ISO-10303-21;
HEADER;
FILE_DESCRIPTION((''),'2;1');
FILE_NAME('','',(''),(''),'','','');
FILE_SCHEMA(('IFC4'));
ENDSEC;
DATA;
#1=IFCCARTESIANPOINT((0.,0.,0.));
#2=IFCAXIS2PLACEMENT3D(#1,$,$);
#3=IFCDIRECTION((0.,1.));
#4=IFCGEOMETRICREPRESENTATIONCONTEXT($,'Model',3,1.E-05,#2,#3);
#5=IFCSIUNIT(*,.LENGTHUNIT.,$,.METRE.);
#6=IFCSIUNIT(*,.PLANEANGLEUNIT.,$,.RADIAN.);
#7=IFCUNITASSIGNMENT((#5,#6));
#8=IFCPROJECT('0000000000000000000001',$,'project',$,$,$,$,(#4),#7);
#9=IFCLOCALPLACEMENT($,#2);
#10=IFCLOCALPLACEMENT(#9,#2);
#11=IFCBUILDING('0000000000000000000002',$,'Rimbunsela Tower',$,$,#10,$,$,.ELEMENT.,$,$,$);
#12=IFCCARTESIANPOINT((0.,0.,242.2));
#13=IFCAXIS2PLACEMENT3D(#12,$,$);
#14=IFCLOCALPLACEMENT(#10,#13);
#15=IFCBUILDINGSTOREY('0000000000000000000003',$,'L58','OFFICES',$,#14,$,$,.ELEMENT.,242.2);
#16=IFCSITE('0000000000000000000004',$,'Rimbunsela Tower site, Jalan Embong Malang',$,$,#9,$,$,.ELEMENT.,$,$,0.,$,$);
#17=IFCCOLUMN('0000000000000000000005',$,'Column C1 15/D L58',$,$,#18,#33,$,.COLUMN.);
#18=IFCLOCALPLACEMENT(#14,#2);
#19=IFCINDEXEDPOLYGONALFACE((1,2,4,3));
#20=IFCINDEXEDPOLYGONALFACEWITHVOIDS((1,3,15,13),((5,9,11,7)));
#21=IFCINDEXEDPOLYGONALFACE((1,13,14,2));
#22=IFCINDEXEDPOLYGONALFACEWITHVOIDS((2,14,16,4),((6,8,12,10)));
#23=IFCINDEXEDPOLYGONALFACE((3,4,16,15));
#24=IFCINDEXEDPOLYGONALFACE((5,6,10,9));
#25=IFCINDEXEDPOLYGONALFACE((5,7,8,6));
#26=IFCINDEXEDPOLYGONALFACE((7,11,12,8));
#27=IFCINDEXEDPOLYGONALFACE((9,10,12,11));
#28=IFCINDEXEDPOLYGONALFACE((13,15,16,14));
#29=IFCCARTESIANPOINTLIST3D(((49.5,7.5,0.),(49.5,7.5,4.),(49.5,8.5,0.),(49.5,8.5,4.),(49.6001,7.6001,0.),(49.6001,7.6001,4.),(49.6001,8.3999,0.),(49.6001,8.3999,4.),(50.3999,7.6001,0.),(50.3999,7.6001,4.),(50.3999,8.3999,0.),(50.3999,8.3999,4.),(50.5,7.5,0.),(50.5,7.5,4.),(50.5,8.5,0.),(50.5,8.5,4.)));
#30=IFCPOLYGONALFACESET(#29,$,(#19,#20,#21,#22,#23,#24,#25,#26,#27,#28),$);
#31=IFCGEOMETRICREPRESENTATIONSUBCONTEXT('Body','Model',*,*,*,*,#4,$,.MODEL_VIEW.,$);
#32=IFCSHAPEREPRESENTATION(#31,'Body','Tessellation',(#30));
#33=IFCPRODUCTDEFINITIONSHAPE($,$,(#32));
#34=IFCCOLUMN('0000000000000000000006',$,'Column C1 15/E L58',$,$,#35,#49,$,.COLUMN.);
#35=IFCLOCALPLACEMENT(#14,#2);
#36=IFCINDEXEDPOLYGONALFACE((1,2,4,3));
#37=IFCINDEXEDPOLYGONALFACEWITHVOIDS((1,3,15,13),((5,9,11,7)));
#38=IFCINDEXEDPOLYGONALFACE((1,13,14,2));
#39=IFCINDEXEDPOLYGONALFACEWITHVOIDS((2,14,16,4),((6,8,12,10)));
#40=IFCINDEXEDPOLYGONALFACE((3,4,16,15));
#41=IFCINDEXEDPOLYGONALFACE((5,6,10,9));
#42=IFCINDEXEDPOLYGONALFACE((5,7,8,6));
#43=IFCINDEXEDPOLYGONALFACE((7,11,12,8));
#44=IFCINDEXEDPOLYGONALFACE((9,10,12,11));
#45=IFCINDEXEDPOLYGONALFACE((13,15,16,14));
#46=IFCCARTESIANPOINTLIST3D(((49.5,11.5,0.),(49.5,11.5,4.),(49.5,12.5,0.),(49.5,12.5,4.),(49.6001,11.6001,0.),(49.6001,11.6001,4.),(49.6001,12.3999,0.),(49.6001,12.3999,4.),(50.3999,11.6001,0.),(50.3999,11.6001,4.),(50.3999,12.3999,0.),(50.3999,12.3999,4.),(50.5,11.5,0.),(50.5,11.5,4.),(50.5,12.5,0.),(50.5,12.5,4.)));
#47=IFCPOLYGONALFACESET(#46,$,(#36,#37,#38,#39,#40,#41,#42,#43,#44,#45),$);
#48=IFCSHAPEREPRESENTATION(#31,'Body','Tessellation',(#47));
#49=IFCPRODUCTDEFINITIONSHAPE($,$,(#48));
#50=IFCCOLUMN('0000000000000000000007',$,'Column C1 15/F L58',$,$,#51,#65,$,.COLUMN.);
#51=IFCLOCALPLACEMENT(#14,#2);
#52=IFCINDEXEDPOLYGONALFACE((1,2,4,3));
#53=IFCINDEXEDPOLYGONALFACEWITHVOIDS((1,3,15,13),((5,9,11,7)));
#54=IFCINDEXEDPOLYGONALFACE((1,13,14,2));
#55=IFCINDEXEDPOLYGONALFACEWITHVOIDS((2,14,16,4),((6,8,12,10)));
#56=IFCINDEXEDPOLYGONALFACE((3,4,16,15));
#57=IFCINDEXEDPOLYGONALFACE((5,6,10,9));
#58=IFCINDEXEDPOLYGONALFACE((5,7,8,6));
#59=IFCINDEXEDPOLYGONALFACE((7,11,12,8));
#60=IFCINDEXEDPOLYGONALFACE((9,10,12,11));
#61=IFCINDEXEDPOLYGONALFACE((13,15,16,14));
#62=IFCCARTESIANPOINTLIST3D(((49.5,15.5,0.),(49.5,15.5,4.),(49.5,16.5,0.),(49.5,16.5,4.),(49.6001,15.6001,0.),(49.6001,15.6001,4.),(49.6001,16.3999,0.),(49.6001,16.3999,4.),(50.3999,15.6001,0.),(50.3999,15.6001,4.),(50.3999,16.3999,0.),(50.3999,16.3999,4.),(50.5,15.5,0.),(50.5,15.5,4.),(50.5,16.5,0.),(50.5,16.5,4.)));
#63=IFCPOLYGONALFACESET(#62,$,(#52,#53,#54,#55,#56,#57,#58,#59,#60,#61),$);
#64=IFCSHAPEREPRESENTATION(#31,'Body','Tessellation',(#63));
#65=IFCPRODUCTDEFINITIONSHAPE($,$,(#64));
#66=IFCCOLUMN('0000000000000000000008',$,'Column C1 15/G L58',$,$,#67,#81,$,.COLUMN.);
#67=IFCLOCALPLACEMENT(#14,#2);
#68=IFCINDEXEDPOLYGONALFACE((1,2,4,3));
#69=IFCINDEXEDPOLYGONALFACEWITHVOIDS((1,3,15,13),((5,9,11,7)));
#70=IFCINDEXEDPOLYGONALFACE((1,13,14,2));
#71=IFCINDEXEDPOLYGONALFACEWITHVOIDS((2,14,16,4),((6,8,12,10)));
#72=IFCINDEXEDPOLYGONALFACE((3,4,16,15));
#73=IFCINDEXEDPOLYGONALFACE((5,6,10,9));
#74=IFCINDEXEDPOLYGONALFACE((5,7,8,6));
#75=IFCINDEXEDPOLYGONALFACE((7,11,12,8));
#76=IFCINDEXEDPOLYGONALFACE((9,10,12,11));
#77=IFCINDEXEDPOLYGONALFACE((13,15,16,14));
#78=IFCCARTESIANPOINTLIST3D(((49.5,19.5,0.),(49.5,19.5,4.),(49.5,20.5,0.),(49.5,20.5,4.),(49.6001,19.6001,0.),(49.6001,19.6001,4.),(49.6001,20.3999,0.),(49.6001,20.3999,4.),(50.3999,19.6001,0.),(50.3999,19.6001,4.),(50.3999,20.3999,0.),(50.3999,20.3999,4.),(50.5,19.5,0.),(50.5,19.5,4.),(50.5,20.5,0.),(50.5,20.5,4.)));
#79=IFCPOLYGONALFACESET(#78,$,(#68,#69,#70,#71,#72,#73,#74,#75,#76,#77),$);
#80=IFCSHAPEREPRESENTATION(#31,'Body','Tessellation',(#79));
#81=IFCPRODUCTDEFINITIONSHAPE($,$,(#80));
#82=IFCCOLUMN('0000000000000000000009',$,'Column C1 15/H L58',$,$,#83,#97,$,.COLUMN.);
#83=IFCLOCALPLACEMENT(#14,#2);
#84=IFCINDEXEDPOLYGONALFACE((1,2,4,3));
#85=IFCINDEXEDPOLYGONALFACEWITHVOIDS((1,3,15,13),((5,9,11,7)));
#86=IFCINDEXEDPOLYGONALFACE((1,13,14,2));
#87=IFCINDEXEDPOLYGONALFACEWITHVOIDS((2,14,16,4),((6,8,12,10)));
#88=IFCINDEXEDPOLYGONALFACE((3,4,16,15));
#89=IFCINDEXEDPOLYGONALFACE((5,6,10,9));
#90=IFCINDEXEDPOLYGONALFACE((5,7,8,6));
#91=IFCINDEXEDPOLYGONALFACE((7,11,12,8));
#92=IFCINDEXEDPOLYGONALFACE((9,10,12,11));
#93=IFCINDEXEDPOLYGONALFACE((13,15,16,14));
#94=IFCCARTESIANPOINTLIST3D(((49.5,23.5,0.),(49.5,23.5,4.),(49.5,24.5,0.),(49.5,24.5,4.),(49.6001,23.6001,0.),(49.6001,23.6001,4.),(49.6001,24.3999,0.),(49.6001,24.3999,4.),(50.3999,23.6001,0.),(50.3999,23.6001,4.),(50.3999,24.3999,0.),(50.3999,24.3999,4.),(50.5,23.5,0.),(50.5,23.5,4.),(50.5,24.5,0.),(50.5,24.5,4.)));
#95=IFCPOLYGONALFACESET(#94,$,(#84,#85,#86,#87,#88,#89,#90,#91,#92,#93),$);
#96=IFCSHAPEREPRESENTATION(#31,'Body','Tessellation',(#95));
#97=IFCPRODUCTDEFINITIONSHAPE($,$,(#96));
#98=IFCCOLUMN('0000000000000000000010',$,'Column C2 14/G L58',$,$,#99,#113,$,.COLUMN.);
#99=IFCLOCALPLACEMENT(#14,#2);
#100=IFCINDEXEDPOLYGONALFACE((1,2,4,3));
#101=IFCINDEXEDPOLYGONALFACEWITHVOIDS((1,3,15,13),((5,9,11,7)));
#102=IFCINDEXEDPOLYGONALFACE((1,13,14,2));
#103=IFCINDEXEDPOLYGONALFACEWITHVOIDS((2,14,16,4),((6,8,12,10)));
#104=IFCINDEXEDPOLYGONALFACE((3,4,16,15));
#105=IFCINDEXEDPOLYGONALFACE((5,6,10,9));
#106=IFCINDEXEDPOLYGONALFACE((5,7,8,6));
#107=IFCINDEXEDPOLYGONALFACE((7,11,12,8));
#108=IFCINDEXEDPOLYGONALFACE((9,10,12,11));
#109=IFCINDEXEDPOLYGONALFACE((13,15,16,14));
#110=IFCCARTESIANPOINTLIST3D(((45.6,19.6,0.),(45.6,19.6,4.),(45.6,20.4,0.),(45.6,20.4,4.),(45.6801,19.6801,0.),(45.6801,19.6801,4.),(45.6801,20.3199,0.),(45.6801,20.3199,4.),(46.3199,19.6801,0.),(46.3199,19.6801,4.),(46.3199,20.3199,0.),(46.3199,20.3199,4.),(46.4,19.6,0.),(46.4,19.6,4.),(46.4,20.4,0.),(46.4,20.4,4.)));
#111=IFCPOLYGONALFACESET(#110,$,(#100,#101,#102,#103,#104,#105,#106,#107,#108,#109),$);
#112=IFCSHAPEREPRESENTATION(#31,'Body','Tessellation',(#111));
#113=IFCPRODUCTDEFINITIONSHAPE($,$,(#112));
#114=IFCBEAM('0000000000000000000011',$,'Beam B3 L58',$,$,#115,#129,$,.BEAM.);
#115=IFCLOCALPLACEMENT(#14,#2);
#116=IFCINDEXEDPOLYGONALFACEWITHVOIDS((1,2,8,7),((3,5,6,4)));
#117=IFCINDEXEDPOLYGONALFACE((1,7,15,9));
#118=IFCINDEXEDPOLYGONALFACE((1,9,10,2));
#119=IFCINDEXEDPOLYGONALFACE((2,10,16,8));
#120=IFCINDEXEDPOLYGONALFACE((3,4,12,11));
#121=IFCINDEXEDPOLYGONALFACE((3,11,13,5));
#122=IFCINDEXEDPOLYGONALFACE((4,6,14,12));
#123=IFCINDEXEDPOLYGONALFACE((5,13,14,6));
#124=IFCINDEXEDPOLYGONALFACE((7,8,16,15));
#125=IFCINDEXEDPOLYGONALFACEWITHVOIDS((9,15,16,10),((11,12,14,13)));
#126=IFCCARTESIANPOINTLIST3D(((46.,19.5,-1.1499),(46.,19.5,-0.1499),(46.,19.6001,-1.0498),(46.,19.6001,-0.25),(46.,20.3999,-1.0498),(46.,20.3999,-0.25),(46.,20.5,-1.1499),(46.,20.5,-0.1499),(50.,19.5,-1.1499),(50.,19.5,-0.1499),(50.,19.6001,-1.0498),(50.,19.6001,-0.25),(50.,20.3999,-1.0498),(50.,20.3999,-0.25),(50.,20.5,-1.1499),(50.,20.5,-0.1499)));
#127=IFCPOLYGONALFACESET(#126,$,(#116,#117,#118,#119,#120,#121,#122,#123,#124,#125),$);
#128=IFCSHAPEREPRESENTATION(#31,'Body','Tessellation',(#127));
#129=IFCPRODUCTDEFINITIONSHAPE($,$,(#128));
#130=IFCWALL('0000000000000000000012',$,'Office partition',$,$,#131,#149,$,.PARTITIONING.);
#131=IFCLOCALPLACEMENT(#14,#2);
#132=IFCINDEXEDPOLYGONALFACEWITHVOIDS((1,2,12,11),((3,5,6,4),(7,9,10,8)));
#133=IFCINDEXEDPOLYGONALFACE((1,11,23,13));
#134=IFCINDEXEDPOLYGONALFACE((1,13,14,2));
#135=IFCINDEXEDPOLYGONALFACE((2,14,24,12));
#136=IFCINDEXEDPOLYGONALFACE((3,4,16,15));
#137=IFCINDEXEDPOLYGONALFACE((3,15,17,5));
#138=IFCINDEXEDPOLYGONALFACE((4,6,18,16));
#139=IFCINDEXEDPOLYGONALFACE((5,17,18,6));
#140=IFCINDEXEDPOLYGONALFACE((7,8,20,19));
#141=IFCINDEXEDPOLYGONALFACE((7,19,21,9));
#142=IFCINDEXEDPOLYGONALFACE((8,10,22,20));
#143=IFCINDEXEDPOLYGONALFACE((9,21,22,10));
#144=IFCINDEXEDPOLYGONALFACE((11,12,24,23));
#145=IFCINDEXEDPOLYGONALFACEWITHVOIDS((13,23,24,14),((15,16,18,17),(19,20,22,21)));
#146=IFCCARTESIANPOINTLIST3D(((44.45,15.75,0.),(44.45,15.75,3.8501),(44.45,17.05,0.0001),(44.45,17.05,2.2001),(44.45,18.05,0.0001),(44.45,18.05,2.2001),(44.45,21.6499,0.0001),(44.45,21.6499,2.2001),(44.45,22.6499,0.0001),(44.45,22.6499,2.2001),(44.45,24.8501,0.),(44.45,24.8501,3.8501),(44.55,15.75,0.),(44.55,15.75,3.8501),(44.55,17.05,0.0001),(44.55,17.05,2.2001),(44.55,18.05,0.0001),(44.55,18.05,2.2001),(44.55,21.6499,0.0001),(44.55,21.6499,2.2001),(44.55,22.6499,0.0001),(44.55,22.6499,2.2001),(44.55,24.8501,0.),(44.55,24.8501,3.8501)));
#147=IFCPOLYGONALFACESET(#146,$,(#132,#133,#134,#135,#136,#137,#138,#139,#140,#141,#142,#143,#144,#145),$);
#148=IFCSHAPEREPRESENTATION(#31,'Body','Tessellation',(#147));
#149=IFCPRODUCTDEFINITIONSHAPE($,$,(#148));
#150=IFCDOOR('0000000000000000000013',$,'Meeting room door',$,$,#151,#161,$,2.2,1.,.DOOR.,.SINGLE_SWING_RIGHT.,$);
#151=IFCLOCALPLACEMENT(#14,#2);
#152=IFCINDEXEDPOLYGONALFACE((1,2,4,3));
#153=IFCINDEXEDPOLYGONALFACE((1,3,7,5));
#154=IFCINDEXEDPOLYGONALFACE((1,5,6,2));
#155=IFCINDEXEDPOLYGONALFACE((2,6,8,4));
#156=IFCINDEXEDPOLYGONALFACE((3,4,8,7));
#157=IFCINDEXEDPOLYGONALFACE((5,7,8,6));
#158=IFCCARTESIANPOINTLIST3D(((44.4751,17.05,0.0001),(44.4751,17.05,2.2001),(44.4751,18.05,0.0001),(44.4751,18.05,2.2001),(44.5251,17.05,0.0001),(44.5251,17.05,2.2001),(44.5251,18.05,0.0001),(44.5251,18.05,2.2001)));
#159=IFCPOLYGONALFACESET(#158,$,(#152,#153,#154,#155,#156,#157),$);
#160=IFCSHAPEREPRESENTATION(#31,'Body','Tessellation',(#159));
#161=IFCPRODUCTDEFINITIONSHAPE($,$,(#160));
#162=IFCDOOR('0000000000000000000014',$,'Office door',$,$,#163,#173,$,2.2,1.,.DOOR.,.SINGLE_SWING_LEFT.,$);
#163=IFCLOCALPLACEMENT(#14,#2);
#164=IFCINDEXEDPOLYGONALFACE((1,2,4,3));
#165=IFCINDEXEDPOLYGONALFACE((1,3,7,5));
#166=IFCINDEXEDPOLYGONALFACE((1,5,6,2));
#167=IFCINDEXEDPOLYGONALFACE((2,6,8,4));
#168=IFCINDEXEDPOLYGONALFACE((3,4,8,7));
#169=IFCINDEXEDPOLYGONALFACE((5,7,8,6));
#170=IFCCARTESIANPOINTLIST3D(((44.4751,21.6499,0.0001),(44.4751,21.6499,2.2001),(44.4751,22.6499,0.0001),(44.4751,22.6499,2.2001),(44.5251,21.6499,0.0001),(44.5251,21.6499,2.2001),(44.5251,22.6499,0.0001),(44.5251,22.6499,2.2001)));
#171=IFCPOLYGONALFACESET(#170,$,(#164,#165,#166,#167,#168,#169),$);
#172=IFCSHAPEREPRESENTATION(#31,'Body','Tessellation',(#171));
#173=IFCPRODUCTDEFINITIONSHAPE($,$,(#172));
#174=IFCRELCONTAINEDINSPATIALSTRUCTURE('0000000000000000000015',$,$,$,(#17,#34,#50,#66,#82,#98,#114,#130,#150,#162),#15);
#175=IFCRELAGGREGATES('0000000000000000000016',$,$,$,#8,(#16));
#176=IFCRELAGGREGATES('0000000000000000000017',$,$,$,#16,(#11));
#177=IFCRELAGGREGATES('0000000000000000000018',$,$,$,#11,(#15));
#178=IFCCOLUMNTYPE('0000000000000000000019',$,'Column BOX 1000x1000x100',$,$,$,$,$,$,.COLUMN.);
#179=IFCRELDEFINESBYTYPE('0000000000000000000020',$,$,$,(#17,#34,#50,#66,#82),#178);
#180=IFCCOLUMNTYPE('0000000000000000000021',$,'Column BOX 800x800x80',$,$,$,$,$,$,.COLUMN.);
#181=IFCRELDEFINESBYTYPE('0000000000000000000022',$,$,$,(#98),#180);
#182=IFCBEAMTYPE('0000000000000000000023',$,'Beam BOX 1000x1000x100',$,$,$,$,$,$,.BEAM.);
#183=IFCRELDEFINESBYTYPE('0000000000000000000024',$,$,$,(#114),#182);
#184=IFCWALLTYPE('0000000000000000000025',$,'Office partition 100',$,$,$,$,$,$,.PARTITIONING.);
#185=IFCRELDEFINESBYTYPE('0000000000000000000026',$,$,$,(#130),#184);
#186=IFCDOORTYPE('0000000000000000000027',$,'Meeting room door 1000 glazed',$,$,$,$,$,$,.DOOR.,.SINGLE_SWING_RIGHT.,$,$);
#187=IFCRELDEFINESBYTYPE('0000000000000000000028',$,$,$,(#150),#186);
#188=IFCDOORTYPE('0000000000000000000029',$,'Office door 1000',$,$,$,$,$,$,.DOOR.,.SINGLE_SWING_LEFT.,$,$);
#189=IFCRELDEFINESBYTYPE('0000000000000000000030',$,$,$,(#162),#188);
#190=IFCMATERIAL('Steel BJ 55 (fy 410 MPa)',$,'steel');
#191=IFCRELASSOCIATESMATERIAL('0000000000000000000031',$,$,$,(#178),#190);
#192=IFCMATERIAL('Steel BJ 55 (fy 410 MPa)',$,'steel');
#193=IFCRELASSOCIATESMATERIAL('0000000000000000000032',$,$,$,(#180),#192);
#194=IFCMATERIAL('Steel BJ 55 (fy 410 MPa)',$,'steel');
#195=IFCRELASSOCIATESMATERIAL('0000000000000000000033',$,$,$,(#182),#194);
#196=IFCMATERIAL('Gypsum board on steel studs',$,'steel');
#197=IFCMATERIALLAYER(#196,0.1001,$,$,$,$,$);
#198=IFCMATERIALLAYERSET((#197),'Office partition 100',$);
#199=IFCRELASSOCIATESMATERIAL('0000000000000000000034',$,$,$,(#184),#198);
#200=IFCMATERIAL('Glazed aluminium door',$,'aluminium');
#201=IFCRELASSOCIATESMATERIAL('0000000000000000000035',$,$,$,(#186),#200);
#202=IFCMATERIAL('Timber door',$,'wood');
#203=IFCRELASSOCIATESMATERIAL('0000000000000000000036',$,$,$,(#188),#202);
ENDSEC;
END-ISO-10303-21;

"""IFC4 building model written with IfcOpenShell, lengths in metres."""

from ifc_helpers import new_model, si_unit, direction, frame, frame_2d, origin, origin_2d, place, context, subcontext, project, spatial, rectangle, hollow_rectangle, extrude, material, layer, layer_set, material_profile, profile_set, type_object, element, fill, save


model = new_model("IFC4")

# Units and contexts
model_context = context("Model", 3, precision=1e-05, world=origin(), true_north=direction((0.0, 1.0)))
body_context = subcontext(model_context, "Body", "Model", "MODEL_VIEW")
ifc_project = project(units=[si_unit("LENGTHUNIT", "METRE"), si_unit("PLANEANGLEUNIT", "RADIAN")], contexts=[model_context])

# Site, building, storey
site_placement = place(None, origin())
site = spatial("IfcSite", under=ifc_project, at=site_placement, Name="Rimbunsela Tower site, Jalan Embong Malang", CompositionType="ELEMENT", RefElevation=0.0)
building_placement = place(site_placement, origin())
building = spatial("IfcBuilding", under=site, at=building_placement, Name="Rimbunsela Tower", CompositionType="ELEMENT")
storey_placement = place(building_placement, frame((0.0, 0.0, 242.2)))
storey = spatial("IfcBuildingStorey", under=building, at=storey_placement, Name="L58", Description="OFFICES", CompositionType="ELEMENT", Elevation=242.2)

# Columns
ifc_material_1 = material(Name="Steel BJ 55 (fy 410 MPa)", Category="steel")
ifc_material_profile_1 = material_profile(ifc_material_1, hollow_rectangle(XDim=1.0, YDim=1.0, WallThickness=0.1001, at=origin_2d()), Name="BOX 1000x1000x100")
ifc_profile_set_1 = profile_set([ifc_material_profile_1], Name="Steel BJ 55 (fy 410 MPa)")
column_type_1 = type_object("IfcColumnType", Name="Column BOX 1000x1000x100", PredefinedType="COLUMN", material=ifc_profile_set_1)
for number, where, z_axis, x_axis, name in (
    (1, (50.0, 8.0, 0.0), (0.0, 0.0, 1.0), (1.0, 0.0, 0.0), "Column C1 15/D L58"),
    (2, (50.0, 12.0, 0.0), (0.0, 0.0, 1.0), (1.0, 0.0, 0.0), "Column C1 15/E L58"),
    (3, (50.0, 16.0, 0.0), (0.0, 0.0, 1.0), (1.0, 0.0, 0.0), "Column C1 15/F L58"),
    (4, (50.0, 20.0, 0.0), (0.0, 0.0, 1.0), (1.0, 0.0, 0.0), "Column C1 15/G L58"),
    (5, (50.0, 24.0, 0.0), (0.0, 0.0, 1.0), (1.0, 0.0, 0.0), "Column C1 15/H L58"),
):
    element("IfcColumn", number, at=place(storey_placement, frame(where, z_axis=z_axis, x_axis=x_axis)), inside=storey, type_object=column_type_1, Name=name, PredefinedType="COLUMN", context=body_context, shape_type="SweptSolid", body=[
        extrude(hollow_rectangle(XDim=1.0, YDim=1.0, WallThickness=0.1001, at=origin_2d()), origin(), (0.0, 0.0, 1.0), 4.0),
    ])
ifc_material_2 = material(Name="Steel BJ 55 (fy 410 MPa)", Category="steel")
ifc_material_profile_2 = material_profile(ifc_material_2, hollow_rectangle(XDim=0.8, YDim=0.8, WallThickness=0.0801, at=origin_2d()), Name="BOX 800x800x80")
ifc_profile_set_2 = profile_set([ifc_material_profile_2], Name="Steel BJ 55 (fy 410 MPa)")
column_type_2 = type_object("IfcColumnType", Name="Column BOX 800x800x80", PredefinedType="COLUMN", material=ifc_profile_set_2)
column_placement = place(storey_placement, frame((46.0, 20.0, 0.0), z_axis=(0.0, 0.0, 1.0), x_axis=(1.0, 0.0, 0.0)))
element("IfcColumn", 6, at=column_placement, inside=storey, type_object=column_type_2, Name="Column C2 14/G L58", PredefinedType="COLUMN", context=body_context, shape_type="SweptSolid", body=[
    extrude(hollow_rectangle(XDim=0.8, YDim=0.8, WallThickness=0.0801, at=origin_2d()), origin(), (0.0, 0.0, 1.0), 4.0),
])

# Beam
ifc_material_3 = material(Name="Steel BJ 55 (fy 410 MPa)", Category="steel")
ifc_material_profile_3 = material_profile(ifc_material_3, hollow_rectangle(XDim=1.0, YDim=1.0, WallThickness=0.1001, at=origin_2d()), Name="BOX 1000x1000x100")
ifc_profile_set_3 = profile_set([ifc_material_profile_3], Name="Steel BJ 55 (fy 410 MPa)")
beam_type = type_object("IfcBeamType", Name="Beam BOX 1000x1000x100", PredefinedType="BEAM", material=ifc_profile_set_3)
beam_placement = place(storey_placement, frame((46.0, 20.0, -0.6499), z_axis=(1.0, 0.0, 0.0), x_axis=(0.0, 1.0, 0.0)))
element("IfcBeam", 7, at=beam_placement, inside=storey, type_object=beam_type, Name="Beam B3 L58", PredefinedType="BEAM", context=body_context, shape_type="SweptSolid", body=[
    extrude(hollow_rectangle(XDim=1.0, YDim=1.0, WallThickness=0.1001, at=origin_2d()), origin(), (0.0, 0.0, 1.0), 4.0),
])

# Wall, openings, doors
ifc_material_4 = material(Name="Gypsum board on steel studs", Category="steel")
ifc_layer_1 = layer(ifc_material_4, 0.1001)
ifc_layer_set_1 = layer_set([ifc_layer_1], Name="Office partition 100")
wall_type_1 = type_object("IfcWallType", Name="Office partition 100", PredefinedType="PARTITIONING", material=ifc_layer_set_1)
wall_1_placement = place(storey_placement, frame((44.5, 15.75, 0.0), z_axis=(0.0, 0.0, 1.0), x_axis=(0.0, 1.0, 0.0)))
wall_1 = element("IfcWall", 8, at=wall_1_placement, inside=storey, type_object=wall_type_1, Name="Office partition", PredefinedType="PARTITIONING", context=body_context, shape_type="SweptSolid", body=[
    extrude(rectangle(XDim=9.1001, YDim=0.1001, at=frame_2d((4.55, 0.0))), origin(), (0.0, 0.0, 1.0), 3.8501),
])
opening_1_placement = place(wall_1_placement, frame((1.3, 0.0, 0.0)))
opening_1 = element("IfcOpeningElement", 9, at=opening_1_placement, cuts=wall_1, PredefinedType="OPENING", context=body_context, shape_type="SweptSolid", body=[
    extrude(rectangle(XDim=1.0, YDim=2.2, at=frame_2d((0.5, 1.1001))), frame((0.0, 0.0601, 0.0), z_axis=(0.0, -1.0, 0.0), x_axis=(1.0, 0.0, 0.0)), (0.0, 0.0, 1.0), 0.1201),
])
opening_2_placement = place(wall_1_placement, frame((5.8999, 0.0, 0.0)))
opening_2 = element("IfcOpeningElement", 10, at=opening_2_placement, cuts=wall_1, PredefinedType="OPENING", context=body_context, shape_type="SweptSolid", body=[
    extrude(rectangle(XDim=1.0, YDim=2.2, at=frame_2d((0.5, 1.1001))), frame((0.0, 0.0601, 0.0), z_axis=(0.0, -1.0, 0.0), x_axis=(1.0, 0.0, 0.0)), (0.0, 0.0, 1.0), 0.1201),
])
ifc_material_5 = material(Name="Glazed aluminium door", Category="aluminium")
door_type_1 = type_object("IfcDoorType", Name="Meeting room door 1000 glazed", OperationType="SINGLE_SWING_RIGHT", PredefinedType="DOOR", material=ifc_material_5)
door_1_placement = place(opening_1_placement, origin())
door_1 = element("IfcDoor", 11, at=door_1_placement, inside=storey, type_object=door_type_1, Name="Meeting room door", OperationType="SINGLE_SWING_RIGHT", OverallHeight=2.2, OverallWidth=1.0, PredefinedType="DOOR", context=body_context, shape_type="SweptSolid", body=[
    extrude(rectangle(XDim=1.0, YDim=2.2, at=frame_2d((0.5, 1.1001))), frame((0.0, 0.0249, 0.0), z_axis=(0.0, -1.0, 0.0), x_axis=(1.0, 0.0, 0.0)), (0.0, 0.0, 1.0), 0.05),
])
fill(opening_1, door_1)
ifc_material_6 = material(Name="Timber door", Category="wood")
door_type_2 = type_object("IfcDoorType", Name="Office door 1000", OperationType="SINGLE_SWING_LEFT", PredefinedType="DOOR", material=ifc_material_6)
door_2_placement = place(opening_2_placement, origin())
door_2 = element("IfcDoor", 12, at=door_2_placement, inside=storey, type_object=door_type_2, Name="Office door", OperationType="SINGLE_SWING_LEFT", OverallHeight=2.2, OverallWidth=1.0, PredefinedType="DOOR", context=body_context, shape_type="SweptSolid", body=[
    extrude(rectangle(XDim=1.0, YDim=2.2, at=frame_2d((0.5, 1.1001))), frame((0.0, 0.0249, 0.0), z_axis=(0.0, -1.0, 0.0), x_axis=(1.0, 0.0, 0.0)), (0.0, 0.0, 1.0), 0.05),
])
fill(opening_2, door_2)

save(model, "model.ifc")
